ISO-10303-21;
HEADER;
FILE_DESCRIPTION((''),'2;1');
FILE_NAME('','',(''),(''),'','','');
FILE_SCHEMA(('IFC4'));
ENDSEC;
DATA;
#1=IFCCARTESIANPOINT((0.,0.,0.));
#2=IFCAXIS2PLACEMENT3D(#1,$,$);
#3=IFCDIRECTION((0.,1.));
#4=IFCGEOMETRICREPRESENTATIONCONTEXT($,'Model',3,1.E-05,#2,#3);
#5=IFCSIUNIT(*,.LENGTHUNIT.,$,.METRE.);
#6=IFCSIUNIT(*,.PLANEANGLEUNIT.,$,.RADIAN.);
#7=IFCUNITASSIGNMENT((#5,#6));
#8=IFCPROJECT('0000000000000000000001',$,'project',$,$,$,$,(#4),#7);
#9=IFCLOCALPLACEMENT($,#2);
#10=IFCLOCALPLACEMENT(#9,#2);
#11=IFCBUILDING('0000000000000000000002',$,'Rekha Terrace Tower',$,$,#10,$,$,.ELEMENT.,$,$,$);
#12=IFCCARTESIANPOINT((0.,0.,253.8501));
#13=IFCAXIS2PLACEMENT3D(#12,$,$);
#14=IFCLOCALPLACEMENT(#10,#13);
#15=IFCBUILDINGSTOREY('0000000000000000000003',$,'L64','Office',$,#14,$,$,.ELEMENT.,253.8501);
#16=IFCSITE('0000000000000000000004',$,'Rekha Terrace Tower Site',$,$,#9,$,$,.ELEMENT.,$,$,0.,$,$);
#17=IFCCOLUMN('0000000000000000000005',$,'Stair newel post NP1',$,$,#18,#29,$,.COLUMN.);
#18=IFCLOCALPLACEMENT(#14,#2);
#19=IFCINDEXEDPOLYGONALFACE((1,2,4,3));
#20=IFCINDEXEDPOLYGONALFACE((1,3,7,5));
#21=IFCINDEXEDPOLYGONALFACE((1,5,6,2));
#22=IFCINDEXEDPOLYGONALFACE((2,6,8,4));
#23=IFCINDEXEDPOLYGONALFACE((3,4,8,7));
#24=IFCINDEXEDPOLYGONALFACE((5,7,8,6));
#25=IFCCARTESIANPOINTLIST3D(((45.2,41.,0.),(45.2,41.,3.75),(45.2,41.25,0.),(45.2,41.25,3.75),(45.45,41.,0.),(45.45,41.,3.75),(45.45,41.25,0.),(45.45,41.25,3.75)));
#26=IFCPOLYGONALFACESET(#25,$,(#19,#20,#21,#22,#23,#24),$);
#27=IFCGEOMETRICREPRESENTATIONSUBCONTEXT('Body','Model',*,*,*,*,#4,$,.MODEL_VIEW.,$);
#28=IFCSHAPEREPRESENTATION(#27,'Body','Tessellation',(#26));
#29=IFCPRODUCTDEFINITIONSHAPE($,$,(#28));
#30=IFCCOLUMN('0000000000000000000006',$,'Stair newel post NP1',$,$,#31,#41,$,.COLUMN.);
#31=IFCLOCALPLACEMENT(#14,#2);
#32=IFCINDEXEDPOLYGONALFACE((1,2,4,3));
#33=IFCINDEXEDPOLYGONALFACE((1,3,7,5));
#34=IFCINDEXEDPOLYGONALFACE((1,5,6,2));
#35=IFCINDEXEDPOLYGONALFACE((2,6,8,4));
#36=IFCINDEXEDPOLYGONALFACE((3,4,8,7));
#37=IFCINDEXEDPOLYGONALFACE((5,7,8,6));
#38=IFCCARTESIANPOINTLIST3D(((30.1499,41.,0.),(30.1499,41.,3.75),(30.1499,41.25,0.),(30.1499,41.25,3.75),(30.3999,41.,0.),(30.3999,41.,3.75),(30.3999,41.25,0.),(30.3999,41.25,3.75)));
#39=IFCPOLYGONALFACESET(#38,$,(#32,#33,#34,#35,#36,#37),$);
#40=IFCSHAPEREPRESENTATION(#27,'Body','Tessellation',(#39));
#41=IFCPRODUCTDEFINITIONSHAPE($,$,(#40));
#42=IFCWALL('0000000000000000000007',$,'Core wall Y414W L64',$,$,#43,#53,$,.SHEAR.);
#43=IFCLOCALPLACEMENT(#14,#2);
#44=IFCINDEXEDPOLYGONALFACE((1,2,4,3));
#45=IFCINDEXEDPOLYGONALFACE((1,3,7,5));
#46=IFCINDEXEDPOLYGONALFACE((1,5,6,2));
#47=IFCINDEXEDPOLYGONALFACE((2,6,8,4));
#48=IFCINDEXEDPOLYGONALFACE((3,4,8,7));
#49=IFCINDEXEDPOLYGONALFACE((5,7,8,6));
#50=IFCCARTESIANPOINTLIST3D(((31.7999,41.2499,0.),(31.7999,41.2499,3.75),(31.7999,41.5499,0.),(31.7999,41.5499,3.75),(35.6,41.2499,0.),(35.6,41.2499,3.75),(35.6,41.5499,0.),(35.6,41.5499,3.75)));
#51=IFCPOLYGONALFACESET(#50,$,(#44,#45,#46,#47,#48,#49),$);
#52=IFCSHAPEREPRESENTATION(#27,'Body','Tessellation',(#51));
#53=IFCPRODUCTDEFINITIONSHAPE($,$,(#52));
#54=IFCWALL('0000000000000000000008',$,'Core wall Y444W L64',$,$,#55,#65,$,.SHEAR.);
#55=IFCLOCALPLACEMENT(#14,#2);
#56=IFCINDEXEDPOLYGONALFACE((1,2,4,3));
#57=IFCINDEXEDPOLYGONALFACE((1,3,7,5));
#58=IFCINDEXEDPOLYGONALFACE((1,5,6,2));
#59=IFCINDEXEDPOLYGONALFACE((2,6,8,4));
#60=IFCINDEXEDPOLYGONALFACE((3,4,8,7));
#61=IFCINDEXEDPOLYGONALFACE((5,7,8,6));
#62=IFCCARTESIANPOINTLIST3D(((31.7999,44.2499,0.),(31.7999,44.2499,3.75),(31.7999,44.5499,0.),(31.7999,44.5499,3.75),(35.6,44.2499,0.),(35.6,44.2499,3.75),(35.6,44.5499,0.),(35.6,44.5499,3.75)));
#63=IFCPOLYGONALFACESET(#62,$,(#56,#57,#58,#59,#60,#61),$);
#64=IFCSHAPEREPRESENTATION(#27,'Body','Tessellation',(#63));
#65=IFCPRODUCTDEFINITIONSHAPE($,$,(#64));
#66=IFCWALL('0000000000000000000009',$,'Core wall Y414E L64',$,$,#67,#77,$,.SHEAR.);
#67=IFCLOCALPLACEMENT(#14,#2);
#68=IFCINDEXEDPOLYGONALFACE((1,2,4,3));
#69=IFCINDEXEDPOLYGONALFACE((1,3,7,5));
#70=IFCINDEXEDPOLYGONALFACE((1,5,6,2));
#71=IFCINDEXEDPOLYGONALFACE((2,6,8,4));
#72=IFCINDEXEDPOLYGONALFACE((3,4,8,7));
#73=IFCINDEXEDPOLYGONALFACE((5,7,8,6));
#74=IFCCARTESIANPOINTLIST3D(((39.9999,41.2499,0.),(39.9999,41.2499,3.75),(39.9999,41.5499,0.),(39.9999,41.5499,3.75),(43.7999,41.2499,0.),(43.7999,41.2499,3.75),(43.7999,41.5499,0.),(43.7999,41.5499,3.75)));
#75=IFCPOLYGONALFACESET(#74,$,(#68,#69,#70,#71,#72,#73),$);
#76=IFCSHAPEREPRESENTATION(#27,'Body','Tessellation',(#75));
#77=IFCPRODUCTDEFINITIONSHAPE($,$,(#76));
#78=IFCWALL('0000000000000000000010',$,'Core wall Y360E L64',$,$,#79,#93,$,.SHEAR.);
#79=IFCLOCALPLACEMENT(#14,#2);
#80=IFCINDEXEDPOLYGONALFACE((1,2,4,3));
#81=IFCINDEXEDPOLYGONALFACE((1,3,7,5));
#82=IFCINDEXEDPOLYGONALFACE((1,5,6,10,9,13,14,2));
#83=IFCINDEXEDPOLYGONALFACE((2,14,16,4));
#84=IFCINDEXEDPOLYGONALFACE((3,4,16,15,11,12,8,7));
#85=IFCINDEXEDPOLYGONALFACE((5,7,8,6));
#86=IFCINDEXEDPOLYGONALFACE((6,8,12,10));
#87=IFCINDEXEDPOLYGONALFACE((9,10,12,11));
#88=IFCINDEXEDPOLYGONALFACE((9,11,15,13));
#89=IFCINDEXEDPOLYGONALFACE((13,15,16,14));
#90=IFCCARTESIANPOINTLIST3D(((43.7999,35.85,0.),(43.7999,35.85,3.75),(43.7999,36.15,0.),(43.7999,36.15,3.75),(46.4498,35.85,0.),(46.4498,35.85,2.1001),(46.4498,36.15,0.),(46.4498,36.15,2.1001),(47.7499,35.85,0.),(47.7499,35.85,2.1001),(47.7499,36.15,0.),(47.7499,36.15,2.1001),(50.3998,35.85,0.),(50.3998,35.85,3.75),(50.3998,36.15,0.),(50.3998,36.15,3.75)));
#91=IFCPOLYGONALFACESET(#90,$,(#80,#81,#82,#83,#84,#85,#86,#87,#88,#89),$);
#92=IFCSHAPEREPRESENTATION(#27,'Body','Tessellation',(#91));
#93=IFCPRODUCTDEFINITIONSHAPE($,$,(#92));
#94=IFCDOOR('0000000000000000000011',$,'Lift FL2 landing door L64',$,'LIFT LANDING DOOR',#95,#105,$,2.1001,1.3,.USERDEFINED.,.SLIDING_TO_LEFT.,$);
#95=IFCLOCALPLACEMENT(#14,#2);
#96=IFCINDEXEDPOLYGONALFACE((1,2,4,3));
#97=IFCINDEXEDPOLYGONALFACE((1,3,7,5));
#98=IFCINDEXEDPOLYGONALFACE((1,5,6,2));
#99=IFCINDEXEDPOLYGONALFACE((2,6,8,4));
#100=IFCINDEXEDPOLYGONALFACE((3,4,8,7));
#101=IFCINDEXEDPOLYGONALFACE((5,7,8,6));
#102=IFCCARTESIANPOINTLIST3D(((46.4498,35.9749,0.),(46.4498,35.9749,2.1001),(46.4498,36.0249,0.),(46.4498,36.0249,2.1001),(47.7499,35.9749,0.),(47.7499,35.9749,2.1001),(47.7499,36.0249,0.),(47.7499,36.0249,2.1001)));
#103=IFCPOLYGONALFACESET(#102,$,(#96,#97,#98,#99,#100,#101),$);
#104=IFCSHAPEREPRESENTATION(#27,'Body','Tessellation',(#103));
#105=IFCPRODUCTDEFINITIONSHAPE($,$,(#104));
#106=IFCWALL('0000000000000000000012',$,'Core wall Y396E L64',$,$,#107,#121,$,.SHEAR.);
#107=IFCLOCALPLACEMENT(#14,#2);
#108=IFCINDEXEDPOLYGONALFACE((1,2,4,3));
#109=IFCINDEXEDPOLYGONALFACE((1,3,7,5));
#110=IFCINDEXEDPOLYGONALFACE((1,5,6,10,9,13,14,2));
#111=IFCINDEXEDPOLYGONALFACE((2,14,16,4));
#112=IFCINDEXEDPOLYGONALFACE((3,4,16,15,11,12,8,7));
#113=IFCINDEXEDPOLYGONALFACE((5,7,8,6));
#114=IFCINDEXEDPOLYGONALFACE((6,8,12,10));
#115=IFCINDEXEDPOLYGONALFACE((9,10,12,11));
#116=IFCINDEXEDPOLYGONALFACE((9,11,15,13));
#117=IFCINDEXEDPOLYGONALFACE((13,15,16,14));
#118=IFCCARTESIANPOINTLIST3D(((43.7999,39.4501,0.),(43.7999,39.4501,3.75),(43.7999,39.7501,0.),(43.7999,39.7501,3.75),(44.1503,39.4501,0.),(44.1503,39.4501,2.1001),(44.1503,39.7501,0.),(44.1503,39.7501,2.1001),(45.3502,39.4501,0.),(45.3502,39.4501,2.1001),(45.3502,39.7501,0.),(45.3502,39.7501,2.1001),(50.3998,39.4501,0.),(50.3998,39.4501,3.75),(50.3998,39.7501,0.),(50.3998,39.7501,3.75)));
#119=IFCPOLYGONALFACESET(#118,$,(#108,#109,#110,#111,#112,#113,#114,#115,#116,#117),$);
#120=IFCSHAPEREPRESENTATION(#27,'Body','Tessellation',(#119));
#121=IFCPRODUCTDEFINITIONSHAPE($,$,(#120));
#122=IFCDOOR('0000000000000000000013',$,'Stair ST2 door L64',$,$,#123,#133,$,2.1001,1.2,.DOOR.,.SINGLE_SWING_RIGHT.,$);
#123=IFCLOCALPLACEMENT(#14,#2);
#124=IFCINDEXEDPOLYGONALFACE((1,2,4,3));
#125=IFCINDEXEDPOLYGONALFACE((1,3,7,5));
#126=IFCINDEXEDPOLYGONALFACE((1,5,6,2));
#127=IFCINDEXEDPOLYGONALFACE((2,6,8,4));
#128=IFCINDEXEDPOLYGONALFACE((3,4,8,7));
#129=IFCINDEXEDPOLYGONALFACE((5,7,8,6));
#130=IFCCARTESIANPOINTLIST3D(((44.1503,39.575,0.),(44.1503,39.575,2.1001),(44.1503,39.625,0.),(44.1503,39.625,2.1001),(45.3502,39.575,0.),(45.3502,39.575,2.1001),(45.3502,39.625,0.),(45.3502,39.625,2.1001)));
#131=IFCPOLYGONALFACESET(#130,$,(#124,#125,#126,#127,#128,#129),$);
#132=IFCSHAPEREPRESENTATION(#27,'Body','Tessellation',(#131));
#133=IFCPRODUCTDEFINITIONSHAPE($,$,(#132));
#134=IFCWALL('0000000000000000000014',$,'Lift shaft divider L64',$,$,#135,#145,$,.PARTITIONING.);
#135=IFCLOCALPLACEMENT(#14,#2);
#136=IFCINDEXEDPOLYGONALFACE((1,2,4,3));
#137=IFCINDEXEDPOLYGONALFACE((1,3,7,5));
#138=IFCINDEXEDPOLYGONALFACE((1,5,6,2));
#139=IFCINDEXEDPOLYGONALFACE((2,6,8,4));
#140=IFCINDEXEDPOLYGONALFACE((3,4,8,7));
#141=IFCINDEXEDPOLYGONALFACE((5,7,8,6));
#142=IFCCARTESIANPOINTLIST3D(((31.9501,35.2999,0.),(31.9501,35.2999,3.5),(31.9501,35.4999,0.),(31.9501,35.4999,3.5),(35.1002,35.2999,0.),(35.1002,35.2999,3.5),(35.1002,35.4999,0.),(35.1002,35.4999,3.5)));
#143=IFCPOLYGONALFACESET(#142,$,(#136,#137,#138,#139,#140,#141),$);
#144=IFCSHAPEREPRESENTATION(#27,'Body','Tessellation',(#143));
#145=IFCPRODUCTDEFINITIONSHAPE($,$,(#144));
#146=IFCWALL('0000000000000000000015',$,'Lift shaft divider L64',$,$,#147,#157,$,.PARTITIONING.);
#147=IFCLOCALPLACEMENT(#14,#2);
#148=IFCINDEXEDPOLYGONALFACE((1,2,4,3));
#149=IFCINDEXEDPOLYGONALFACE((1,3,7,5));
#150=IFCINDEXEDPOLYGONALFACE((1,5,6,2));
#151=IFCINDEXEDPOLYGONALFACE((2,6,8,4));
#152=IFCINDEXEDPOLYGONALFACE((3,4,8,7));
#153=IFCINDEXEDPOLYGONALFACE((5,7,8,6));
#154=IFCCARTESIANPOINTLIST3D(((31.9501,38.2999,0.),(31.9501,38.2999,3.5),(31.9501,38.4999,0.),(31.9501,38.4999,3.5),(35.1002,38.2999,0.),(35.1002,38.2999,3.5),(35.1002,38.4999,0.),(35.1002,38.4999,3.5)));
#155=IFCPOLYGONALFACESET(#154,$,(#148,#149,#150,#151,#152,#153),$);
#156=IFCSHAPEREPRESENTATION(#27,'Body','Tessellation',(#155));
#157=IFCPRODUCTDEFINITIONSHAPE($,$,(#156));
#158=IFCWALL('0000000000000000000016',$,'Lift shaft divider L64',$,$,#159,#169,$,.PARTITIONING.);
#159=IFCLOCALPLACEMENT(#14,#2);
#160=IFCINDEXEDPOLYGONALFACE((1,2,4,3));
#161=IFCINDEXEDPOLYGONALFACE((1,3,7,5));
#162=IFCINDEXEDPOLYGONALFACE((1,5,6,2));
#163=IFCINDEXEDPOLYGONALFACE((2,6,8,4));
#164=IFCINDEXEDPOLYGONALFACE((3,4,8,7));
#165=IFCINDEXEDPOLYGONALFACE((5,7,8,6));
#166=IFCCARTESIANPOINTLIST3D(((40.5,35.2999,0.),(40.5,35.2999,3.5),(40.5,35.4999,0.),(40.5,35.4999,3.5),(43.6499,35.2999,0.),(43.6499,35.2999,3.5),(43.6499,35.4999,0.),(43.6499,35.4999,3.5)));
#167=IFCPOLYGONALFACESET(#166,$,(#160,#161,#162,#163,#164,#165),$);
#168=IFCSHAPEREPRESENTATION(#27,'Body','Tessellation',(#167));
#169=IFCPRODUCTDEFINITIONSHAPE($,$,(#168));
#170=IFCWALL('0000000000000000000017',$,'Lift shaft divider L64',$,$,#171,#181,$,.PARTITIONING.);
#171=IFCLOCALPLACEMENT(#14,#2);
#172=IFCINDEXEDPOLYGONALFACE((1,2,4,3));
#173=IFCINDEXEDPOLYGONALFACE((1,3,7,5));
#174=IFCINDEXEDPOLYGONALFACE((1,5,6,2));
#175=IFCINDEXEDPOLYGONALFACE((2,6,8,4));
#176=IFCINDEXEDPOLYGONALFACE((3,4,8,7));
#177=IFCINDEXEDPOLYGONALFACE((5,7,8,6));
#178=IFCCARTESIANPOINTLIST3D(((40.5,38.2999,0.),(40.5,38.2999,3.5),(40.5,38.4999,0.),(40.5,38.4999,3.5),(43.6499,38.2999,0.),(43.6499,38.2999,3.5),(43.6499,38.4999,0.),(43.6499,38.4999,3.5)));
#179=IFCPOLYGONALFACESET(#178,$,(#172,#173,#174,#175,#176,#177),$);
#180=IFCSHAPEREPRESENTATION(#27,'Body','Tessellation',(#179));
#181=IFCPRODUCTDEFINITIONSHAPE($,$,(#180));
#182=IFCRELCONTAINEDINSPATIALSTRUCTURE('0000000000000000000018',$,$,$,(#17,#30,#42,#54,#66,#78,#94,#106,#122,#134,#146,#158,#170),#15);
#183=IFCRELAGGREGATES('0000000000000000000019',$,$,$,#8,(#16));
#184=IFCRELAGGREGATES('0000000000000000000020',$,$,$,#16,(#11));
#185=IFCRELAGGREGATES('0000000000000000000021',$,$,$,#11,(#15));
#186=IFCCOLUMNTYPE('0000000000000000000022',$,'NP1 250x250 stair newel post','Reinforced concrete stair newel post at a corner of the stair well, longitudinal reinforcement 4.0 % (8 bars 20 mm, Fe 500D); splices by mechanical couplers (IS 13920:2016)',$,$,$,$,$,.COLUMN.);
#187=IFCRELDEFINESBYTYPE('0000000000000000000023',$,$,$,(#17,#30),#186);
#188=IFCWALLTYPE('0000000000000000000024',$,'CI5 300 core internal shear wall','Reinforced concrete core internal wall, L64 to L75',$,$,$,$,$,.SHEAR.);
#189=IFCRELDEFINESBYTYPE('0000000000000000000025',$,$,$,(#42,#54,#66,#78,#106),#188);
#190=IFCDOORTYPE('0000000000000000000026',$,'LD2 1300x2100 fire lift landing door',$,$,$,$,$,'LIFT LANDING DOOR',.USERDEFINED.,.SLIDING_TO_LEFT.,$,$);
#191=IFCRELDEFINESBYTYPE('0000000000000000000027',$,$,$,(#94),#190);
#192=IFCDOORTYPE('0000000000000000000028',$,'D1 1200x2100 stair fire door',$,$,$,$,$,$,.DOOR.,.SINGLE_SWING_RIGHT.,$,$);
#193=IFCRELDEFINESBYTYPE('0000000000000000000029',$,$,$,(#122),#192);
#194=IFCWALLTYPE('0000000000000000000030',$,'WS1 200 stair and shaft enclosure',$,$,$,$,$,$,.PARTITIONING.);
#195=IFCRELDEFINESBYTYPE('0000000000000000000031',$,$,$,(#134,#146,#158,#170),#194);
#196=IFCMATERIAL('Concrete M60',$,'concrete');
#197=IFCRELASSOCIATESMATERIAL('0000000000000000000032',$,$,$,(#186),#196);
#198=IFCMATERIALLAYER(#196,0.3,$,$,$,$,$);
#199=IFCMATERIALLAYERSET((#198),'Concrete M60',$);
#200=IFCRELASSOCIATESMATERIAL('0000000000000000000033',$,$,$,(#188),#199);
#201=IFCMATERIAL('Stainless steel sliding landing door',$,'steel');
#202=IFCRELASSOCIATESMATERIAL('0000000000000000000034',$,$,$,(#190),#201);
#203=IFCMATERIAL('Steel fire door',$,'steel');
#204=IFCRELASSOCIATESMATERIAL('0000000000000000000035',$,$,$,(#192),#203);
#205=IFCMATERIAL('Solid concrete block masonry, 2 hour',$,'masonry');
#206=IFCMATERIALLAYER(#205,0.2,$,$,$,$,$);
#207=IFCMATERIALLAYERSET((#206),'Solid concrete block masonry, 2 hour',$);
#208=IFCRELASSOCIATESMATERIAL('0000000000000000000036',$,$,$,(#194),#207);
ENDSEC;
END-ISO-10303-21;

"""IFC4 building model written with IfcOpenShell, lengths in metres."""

from ifc_helpers import new_model, si_unit, direction, frame, frame_2d, origin, origin_2d, place, context, subcontext, project, spatial, rectangle, extrude, material, layer, layer_set, material_profile, profile_set, type_object, element, fill, save


model = new_model("IFC4")

# Units and contexts
model_context = context("Model", 3, precision=1e-05, world=origin(), true_north=direction((0.0, 1.0)))
body_context = subcontext(model_context, "Body", "Model", "MODEL_VIEW")
ifc_project = project(units=[si_unit("LENGTHUNIT", "METRE"), si_unit("PLANEANGLEUNIT", "RADIAN")], contexts=[model_context])

# Site, building, storey
site_placement = place(None, origin())
site = spatial("IfcSite", under=ifc_project, at=site_placement, Name="Rekha Terrace Tower Site", CompositionType="ELEMENT", RefElevation=0.0)
building_placement = place(site_placement, origin())
building = spatial("IfcBuilding", under=site, at=building_placement, Name="Rekha Terrace Tower", CompositionType="ELEMENT")
storey_placement = place(building_placement, frame((0.0, 0.0, 253.8501)))
storey = spatial("IfcBuildingStorey", under=building, at=storey_placement, Name="L64", Description="Office", CompositionType="ELEMENT", Elevation=253.8501)

# Columns
ifc_material_1 = material(Name="Concrete M60", Category="concrete")
ifc_material_profile = material_profile(ifc_material_1, rectangle(XDim=0.25, YDim=0.25, at=origin_2d()), Name="RC 250x250")
ifc_profile_set = profile_set([ifc_material_profile], Name="Concrete M60")
column_type = type_object("IfcColumnType", Name="NP1 250x250 stair newel post", Description="Reinforced concrete stair newel post at a corner of the stair well, longitudinal reinforcement 4.0 % (8 bars 20 mm, Fe 500D); splices by mechanical couplers (IS 13920:2016)", PredefinedType="COLUMN", material=ifc_profile_set)
for number, where, z_axis, x_axis, name in (
    (1, (45.325, 41.125, 0.0), (0.0, 0.0, 1.0), (1.0, 0.0, 0.0), "Stair newel post NP1"),
    (2, (30.2749, 41.125, 0.0), (0.0, 0.0, 1.0), (1.0, 0.0, 0.0), "Stair newel post NP1"),
):
    element("IfcColumn", number, at=place(storey_placement, frame(where, z_axis=z_axis, x_axis=x_axis)), inside=storey, type_object=column_type, Name=name, PredefinedType="COLUMN", context=body_context, shape_type="SweptSolid", body=[
        extrude(rectangle(XDim=0.25, YDim=0.25, at=origin_2d()), origin(), (0.0, 0.0, 1.0), 3.75),
    ])

# Walls
ifc_layer_1 = layer(ifc_material_1, 0.3)
ifc_layer_set_1 = layer_set([ifc_layer_1], Name="Concrete M60")
wall_type_1 = type_object("IfcWallType", Name="CI5 300 core internal shear wall", Description="Reinforced concrete core internal wall, L64 to L75", PredefinedType="SHEAR", material=ifc_layer_set_1)
for number, where, z_axis, x_axis, name in (
    (3, (31.8, 41.3999, 0.0), (0.0, 0.0, 1.0), (1.0, 0.0, 0.0), "Core wall Y414W L64"),
    (4, (31.8, 44.3999, 0.0), (0.0, 0.0, 1.0), (1.0, 0.0, 0.0), "Core wall Y444W L64"),
    (5, (40.0, 41.3999, 0.0), (0.0, 0.0, 1.0), (1.0, 0.0, 0.0), "Core wall Y414E L64"),
):
    element("IfcWall", number, at=place(storey_placement, frame(where, z_axis=z_axis, x_axis=x_axis)), inside=storey, type_object=wall_type_1, Name=name, PredefinedType="SHEAR", context=body_context, shape_type="SweptSolid", body=[
        extrude(rectangle(XDim=3.8, YDim=0.3, at=frame_2d((1.8999, 0.0))), origin(), (0.0, 0.0, 1.0), 3.75),
    ])

# Walls, openings, doors
wall_1_placement = place(storey_placement, frame((43.8, 36.0, 0.0), z_axis=(0.0, 0.0, 1.0), x_axis=(1.0, 0.0, 0.0)))
wall_1 = element("IfcWall", 6, at=wall_1_placement, inside=storey, type_object=wall_type_1, Name="Core wall Y360E L64", PredefinedType="SHEAR", context=body_context, shape_type="SweptSolid", body=[
    extrude(rectangle(XDim=6.5999, YDim=0.3, at=frame_2d((3.2998, 0.0))), origin(), (0.0, 0.0, 1.0), 3.75),
])
opening_1_placement = place(wall_1_placement, frame((2.6499, 0.0, 0.0)))
opening_1 = element("IfcOpeningElement", 7, at=opening_1_placement, cuts=wall_1, PredefinedType="OPENING", context=body_context, shape_type="SweptSolid", body=[
    extrude(rectangle(XDim=1.3, YDim=2.1001, at=frame_2d((0.6499, 1.05))), frame((0.0, 0.1599, 0.0), z_axis=(0.0, -1.0, 0.0), x_axis=(1.0, 0.0, 0.0)), (0.0, 0.0, 1.0), 0.3201),
])
ifc_material_2 = material(Name="Stainless steel sliding landing door", Category="steel")
door_type_1 = type_object("IfcDoorType", Name="LD2 1300x2100 fire lift landing door", ElementType="LIFT LANDING DOOR", OperationType="SLIDING_TO_LEFT", PredefinedType="USERDEFINED", material=ifc_material_2)
door_1_placement = place(opening_1_placement, origin())
door_1 = element("IfcDoor", 8, at=door_1_placement, inside=storey, type_object=door_type_1, Name="Lift FL2 landing door L64", ObjectType="LIFT LANDING DOOR", OperationType="SLIDING_TO_LEFT", OverallHeight=2.1001, OverallWidth=1.3, PredefinedType="USERDEFINED", context=body_context, shape_type="SweptSolid", body=[
    extrude(rectangle(XDim=1.3, YDim=2.1001, at=frame_2d((0.6499, 1.05))), frame((0.0, 0.0249, 0.0), z_axis=(0.0, -1.0, 0.0), x_axis=(1.0, 0.0, 0.0)), (0.0, 0.0, 1.0), 0.05),
])
fill(opening_1, door_1)
wall_2_placement = place(storey_placement, frame((43.8, 39.6001, 0.0), z_axis=(0.0, 0.0, 1.0), x_axis=(1.0, 0.0, 0.0)))
wall_2 = element("IfcWall", 9, at=wall_2_placement, inside=storey, type_object=wall_type_1, Name="Core wall Y396E L64", PredefinedType="SHEAR", context=body_context, shape_type="SweptSolid", body=[
    extrude(rectangle(XDim=6.5999, YDim=0.3, at=frame_2d((3.2998, 0.0))), origin(), (0.0, 0.0, 1.0), 3.75),
])
opening_2_placement = place(wall_2_placement, frame((0.3501, 0.0, 0.0)))
opening_2 = element("IfcOpeningElement", 10, at=opening_2_placement, cuts=wall_2, PredefinedType="OPENING", context=body_context, shape_type="SweptSolid", body=[
    extrude(rectangle(XDim=1.2, YDim=2.1001, at=frame_2d((0.6001, 1.05))), frame((0.0, 0.1599, 0.0), z_axis=(0.0, -1.0, 0.0), x_axis=(1.0, 0.0, 0.0)), (0.0, 0.0, 1.0), 0.3201),
])
ifc_material_3 = material(Name="Steel fire door", Category="steel")
door_type_2 = type_object("IfcDoorType", Name="D1 1200x2100 stair fire door", OperationType="SINGLE_SWING_RIGHT", PredefinedType="DOOR", material=ifc_material_3)
door_2_placement = place(opening_2_placement, origin())
door_2 = element("IfcDoor", 11, at=door_2_placement, inside=storey, type_object=door_type_2, Name="Stair ST2 door L64", OperationType="SINGLE_SWING_RIGHT", OverallHeight=2.1001, OverallWidth=1.2, PredefinedType="DOOR", context=body_context, shape_type="SweptSolid", body=[
    extrude(rectangle(XDim=1.2, YDim=2.1001, at=frame_2d((0.6001, 1.05))), frame((0.0, 0.0249, 0.0), z_axis=(0.0, -1.0, 0.0), x_axis=(1.0, 0.0, 0.0)), (0.0, 0.0, 1.0), 0.05),
])
fill(opening_2, door_2)

# Walls
ifc_material_4 = material(Name="Solid concrete block masonry, 2 hour", Category="masonry")
ifc_layer_2 = layer(ifc_material_4, 0.2)
ifc_layer_set_2 = layer_set([ifc_layer_2], Name="Solid concrete block masonry, 2 hour")
wall_type_2 = type_object("IfcWallType", Name="WS1 200 stair and shaft enclosure", PredefinedType="PARTITIONING", material=ifc_layer_set_2)
for number, where, z_axis, x_axis, name in (
    (12, (31.95, 35.3999, 0.0), (0.0, 0.0, 1.0), (1.0, 0.0, 0.0), "Lift shaft divider L64"),
    (13, (31.95, 38.3999, 0.0), (0.0, 0.0, 1.0), (1.0, 0.0, 0.0), "Lift shaft divider L64"),
):
    element("IfcWall", number, at=place(storey_placement, frame(where, z_axis=z_axis, x_axis=x_axis)), inside=storey, type_object=wall_type_2, Name=name, PredefinedType="PARTITIONING", context=body_context, shape_type="SweptSolid", body=[
        extrude(rectangle(XDim=3.1501, YDim=0.2, at=frame_2d((1.5752, 0.0))), origin(), (0.0, 0.0, 1.0), 3.5),
    ])
for number, where, z_axis, x_axis, name in (
    (14, (40.5, 35.3999, 0.0), (0.0, 0.0, 1.0), (1.0, 0.0, 0.0), "Lift shaft divider L64"),
    (15, (40.5, 38.3999, 0.0), (0.0, 0.0, 1.0), (1.0, 0.0, 0.0), "Lift shaft divider L64"),
):
    element("IfcWall", number, at=place(storey_placement, frame(where, z_axis=z_axis, x_axis=x_axis)), inside=storey, type_object=wall_type_2, Name=name, PredefinedType="PARTITIONING", context=body_context, shape_type="SweptSolid", body=[
        extrude(rectangle(XDim=3.1499, YDim=0.2, at=frame_2d((1.575, 0.0))), origin(), (0.0, 0.0, 1.0), 3.5),
    ])

save(model, "model.ifc")
